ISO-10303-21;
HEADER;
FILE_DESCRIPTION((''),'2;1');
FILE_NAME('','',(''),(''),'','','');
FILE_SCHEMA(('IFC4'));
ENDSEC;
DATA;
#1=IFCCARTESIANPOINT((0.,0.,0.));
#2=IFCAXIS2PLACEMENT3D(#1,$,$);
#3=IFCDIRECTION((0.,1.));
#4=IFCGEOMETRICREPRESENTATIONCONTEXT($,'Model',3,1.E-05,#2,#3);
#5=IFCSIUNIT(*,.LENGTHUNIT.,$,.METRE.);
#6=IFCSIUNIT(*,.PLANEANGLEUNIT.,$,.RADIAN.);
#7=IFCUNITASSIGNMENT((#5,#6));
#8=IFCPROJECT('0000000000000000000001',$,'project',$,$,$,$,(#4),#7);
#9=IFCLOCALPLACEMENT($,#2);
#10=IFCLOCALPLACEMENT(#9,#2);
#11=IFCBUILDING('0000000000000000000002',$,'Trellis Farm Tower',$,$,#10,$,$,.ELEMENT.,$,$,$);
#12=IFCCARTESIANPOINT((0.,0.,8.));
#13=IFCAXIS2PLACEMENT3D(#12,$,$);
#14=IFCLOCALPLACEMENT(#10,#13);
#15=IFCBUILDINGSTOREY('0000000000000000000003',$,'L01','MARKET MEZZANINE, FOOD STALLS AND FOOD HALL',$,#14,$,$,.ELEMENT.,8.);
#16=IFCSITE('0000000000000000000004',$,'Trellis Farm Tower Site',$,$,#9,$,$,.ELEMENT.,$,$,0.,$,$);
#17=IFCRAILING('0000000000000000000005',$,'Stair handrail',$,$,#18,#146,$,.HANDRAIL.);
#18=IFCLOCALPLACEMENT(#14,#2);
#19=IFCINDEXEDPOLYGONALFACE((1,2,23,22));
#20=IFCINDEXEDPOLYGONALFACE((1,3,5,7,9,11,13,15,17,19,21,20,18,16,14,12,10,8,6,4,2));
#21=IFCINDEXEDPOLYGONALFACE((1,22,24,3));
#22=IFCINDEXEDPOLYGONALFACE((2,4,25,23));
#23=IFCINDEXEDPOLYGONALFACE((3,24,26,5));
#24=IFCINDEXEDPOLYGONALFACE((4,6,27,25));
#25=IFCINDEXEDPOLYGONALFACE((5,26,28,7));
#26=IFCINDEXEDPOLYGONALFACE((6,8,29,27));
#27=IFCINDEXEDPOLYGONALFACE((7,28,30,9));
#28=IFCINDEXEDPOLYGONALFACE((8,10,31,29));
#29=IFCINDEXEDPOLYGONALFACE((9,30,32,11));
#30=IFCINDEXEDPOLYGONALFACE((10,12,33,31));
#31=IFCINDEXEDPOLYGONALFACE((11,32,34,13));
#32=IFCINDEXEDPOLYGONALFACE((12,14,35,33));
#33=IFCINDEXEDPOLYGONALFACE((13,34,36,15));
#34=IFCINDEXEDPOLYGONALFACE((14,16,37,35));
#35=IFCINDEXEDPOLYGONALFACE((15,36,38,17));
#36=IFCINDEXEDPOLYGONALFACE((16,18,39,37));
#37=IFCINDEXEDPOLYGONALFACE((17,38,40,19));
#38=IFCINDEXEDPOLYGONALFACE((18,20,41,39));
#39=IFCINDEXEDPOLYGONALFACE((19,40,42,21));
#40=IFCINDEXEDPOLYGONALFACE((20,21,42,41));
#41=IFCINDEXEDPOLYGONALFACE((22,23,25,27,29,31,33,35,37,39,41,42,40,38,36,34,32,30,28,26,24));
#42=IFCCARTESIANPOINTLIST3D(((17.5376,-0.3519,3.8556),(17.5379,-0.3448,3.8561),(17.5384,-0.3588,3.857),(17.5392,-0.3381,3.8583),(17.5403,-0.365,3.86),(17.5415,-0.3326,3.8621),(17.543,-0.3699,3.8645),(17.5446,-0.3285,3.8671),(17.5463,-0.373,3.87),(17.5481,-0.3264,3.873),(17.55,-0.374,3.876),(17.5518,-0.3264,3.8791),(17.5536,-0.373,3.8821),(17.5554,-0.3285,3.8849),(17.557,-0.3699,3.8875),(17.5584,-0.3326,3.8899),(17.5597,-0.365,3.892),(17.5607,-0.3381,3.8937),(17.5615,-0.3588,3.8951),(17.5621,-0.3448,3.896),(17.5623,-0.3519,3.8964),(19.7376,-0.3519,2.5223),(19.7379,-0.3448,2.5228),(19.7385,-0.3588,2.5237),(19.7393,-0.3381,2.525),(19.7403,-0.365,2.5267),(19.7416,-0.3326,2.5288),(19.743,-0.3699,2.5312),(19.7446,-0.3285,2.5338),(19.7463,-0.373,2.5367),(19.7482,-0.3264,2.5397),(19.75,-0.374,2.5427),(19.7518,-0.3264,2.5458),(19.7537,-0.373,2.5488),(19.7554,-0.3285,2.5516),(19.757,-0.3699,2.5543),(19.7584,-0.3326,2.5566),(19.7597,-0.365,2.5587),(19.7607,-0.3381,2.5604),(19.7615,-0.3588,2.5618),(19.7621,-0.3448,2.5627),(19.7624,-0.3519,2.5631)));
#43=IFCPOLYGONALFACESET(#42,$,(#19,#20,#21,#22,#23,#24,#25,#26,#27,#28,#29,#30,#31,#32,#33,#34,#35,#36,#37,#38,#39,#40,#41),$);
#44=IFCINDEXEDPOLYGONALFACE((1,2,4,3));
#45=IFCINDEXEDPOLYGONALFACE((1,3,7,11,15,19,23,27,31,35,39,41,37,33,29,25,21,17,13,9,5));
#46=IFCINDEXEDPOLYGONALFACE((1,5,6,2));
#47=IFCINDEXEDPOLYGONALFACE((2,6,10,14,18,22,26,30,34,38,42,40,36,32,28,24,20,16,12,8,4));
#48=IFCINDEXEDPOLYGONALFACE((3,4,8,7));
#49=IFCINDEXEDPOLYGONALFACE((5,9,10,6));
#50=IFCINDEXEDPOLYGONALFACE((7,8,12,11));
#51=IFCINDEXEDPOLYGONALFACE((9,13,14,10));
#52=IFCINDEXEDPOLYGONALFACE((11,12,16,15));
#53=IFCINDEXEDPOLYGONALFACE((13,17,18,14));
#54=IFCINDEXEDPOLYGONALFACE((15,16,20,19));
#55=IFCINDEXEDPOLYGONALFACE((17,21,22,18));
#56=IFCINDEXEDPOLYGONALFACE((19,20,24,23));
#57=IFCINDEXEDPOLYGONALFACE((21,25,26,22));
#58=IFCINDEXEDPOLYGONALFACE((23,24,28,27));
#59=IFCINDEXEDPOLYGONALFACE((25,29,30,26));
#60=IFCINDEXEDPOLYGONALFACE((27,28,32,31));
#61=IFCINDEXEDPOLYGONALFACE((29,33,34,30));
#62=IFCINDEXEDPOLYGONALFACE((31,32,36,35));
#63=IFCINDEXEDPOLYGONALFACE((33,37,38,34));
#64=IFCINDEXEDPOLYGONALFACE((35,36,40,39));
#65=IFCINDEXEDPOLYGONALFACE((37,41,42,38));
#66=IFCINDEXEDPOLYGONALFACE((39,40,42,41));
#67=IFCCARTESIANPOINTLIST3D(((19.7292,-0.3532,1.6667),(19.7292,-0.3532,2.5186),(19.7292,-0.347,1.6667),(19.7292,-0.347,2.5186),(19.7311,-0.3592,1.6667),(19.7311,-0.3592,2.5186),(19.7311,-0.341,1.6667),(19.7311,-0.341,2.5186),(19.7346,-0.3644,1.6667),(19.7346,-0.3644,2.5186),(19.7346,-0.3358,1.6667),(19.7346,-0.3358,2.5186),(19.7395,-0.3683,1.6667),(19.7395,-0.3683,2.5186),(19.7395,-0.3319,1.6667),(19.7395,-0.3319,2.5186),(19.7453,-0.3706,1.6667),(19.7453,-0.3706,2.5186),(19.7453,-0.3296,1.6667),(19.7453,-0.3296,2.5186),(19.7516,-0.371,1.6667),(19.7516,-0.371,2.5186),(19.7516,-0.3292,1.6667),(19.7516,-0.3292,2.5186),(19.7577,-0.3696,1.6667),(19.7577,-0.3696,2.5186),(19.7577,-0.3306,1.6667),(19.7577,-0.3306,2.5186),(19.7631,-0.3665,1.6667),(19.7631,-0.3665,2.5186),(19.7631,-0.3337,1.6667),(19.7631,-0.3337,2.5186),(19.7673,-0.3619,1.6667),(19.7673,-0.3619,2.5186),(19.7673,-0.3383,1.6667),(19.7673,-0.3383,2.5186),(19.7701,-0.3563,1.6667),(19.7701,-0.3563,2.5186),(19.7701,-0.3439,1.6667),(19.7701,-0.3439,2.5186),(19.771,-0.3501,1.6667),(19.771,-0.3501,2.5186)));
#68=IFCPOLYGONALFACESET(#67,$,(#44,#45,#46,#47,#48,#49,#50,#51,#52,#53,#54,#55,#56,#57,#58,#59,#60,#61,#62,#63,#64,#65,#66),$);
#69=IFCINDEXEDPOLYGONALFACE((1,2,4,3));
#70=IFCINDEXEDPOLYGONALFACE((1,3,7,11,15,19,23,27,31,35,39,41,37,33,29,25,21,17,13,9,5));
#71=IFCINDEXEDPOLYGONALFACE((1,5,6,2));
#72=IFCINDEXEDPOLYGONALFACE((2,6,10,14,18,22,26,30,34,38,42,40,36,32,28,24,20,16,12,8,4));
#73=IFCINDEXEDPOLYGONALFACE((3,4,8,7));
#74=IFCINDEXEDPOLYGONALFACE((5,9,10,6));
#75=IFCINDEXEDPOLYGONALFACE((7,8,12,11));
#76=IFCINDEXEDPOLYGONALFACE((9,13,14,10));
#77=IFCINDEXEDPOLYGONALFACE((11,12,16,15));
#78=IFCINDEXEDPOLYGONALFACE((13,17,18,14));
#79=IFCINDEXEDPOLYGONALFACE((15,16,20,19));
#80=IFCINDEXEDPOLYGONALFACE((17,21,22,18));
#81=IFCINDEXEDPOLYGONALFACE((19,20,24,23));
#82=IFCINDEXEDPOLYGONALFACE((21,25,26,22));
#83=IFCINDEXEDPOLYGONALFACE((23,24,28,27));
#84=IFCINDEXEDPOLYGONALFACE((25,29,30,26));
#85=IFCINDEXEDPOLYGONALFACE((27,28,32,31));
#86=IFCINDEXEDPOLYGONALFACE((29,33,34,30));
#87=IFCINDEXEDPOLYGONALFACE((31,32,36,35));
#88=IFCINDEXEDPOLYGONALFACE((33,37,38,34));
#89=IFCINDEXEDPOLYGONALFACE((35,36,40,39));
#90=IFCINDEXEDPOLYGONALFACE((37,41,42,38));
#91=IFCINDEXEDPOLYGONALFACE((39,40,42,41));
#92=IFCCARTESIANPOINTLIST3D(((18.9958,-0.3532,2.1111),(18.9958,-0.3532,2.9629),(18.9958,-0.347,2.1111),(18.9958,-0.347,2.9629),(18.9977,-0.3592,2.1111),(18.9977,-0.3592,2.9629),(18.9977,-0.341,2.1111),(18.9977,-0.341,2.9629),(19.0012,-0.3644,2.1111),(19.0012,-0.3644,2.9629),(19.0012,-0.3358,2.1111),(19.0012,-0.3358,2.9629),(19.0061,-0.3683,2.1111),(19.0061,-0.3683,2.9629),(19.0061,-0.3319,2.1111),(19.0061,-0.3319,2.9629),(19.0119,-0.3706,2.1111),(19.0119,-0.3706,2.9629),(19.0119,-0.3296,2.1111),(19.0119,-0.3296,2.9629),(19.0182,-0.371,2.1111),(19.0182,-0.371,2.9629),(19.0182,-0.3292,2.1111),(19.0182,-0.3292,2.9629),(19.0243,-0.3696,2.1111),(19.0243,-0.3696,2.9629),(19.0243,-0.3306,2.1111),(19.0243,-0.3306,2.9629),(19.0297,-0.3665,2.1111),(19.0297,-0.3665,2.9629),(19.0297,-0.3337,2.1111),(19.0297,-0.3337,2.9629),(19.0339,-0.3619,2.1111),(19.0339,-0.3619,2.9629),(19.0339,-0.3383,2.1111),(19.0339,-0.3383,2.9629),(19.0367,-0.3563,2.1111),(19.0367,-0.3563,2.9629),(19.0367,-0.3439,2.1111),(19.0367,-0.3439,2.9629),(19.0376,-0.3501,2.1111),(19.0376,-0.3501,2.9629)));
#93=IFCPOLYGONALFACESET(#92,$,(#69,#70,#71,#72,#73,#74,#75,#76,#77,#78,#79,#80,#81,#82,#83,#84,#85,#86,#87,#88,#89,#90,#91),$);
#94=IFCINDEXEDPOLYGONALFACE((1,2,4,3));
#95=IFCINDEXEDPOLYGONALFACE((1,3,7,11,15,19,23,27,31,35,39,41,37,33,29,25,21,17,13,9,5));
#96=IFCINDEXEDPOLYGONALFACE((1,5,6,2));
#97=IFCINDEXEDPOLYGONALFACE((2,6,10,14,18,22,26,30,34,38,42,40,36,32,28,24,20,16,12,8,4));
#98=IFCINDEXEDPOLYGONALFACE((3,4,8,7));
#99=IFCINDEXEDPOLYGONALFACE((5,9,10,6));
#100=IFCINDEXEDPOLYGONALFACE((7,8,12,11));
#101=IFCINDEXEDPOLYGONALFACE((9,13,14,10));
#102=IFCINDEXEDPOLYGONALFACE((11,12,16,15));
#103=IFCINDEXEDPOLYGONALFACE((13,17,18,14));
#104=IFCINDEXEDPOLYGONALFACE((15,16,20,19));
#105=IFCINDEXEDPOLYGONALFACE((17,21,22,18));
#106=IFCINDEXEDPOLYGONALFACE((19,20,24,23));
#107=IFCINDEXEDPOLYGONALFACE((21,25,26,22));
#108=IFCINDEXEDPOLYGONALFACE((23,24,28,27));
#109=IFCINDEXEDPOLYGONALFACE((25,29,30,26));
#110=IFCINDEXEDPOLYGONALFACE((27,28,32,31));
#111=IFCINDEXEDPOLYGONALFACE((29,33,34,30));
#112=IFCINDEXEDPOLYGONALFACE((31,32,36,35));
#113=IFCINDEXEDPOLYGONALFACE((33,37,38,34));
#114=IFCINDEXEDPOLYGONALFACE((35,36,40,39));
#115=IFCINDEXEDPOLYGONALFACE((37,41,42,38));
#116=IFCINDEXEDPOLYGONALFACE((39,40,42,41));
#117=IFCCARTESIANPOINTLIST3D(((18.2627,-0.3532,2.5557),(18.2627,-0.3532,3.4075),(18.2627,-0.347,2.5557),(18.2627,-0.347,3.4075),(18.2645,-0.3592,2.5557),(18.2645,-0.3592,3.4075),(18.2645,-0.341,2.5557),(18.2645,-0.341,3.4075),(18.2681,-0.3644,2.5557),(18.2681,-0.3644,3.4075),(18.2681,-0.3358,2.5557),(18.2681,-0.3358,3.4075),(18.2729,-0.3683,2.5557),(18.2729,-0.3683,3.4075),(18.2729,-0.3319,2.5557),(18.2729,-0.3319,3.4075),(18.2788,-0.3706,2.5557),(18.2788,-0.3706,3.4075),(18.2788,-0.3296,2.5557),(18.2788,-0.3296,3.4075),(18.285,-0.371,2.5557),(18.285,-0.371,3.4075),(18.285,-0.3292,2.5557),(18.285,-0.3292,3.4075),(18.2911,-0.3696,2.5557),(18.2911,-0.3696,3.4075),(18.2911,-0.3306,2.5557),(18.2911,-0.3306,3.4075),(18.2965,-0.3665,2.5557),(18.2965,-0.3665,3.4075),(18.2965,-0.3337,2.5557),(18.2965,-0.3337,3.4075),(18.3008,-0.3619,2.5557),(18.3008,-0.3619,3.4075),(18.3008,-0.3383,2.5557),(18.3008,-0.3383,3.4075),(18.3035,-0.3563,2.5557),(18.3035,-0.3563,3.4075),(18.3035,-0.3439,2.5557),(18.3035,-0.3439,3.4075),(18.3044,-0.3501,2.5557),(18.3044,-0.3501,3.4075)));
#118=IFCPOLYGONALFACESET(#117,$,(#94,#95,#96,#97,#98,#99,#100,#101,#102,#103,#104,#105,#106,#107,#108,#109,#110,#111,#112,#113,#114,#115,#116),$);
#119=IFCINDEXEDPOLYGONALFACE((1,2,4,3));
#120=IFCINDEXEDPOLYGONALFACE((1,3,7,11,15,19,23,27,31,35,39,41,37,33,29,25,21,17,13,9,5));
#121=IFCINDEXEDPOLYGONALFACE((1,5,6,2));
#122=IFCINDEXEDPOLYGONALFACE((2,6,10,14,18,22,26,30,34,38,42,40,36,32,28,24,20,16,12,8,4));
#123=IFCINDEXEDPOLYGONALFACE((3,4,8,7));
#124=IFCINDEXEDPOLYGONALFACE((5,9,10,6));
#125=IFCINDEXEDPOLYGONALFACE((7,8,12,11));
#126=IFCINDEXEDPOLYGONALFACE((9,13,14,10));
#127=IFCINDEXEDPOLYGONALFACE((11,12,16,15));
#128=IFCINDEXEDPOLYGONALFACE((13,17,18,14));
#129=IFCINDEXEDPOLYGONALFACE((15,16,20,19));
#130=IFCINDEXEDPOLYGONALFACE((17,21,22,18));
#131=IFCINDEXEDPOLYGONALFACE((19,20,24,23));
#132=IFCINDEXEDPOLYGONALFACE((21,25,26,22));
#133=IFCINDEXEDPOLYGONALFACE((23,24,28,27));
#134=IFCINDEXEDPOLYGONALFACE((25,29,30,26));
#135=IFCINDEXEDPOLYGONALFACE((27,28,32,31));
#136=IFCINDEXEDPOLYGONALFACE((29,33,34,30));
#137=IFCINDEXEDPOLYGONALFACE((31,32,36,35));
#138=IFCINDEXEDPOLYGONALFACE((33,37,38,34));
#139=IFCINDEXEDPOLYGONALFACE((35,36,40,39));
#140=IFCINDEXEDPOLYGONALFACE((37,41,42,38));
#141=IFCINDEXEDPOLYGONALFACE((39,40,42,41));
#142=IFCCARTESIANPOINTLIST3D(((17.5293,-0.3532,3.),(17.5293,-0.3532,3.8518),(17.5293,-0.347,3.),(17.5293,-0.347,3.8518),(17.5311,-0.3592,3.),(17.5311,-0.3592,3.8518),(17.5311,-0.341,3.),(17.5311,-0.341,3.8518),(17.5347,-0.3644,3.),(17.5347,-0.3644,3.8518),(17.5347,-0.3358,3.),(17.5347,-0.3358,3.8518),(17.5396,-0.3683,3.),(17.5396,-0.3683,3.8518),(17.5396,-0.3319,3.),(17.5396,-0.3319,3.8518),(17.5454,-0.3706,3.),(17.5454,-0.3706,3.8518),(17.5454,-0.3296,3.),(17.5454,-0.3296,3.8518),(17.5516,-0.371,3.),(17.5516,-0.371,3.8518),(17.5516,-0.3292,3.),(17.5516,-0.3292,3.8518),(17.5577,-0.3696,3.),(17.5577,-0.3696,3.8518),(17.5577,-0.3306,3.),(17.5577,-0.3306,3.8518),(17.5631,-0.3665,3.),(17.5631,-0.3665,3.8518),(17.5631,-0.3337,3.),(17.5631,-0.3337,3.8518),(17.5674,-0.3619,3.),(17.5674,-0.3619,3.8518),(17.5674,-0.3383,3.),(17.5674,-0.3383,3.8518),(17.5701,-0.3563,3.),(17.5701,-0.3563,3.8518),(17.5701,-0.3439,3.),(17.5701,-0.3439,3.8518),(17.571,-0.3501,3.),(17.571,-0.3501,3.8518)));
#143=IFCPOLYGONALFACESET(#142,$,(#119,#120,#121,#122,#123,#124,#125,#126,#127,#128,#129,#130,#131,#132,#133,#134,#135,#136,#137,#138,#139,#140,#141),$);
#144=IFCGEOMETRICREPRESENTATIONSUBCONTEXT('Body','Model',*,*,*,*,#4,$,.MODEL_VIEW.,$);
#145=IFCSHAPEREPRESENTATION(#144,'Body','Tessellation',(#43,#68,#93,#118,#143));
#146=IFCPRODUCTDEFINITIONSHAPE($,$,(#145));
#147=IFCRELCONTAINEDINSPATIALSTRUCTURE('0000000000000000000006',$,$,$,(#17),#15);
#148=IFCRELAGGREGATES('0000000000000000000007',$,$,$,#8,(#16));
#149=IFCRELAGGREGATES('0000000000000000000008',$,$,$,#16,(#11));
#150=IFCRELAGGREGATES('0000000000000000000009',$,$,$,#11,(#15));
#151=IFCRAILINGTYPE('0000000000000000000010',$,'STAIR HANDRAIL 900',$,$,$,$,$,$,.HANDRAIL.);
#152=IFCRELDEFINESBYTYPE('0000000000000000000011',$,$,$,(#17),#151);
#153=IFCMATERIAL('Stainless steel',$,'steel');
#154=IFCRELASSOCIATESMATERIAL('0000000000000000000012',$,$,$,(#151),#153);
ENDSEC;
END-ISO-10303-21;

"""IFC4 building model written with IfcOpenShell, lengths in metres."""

from ifc_helpers import new_model, si_unit, direction, frame, origin, origin_2d, place, context, subcontext, project, spatial, circle, extrude, source, transform, mapped, material, type_object, element, save


model = new_model("IFC4")

# Units and contexts
model_context = context("Model", 3, precision=1e-05, world=origin(), true_north=direction((0.0, 1.0)))
body_context = subcontext(model_context, "Body", "Model", "MODEL_VIEW")
ifc_project = project(units=[si_unit("LENGTHUNIT", "METRE"), si_unit("PLANEANGLEUNIT", "RADIAN")], contexts=[model_context])

# Site, building, storey
site_placement = place(None, origin())
site = spatial("IfcSite", under=ifc_project, at=site_placement, Name="Trellis Farm Tower Site", CompositionType="ELEMENT", RefElevation=0.0)
building_placement = place(site_placement, origin())
building = spatial("IfcBuilding", under=site, at=building_placement, Name="Trellis Farm Tower", CompositionType="ELEMENT")
storey_placement = place(building_placement, frame((0.0, 0.0, 8.0)))
storey = spatial("IfcBuildingStorey", under=building, at=storey_placement, Name="L01", Description="MARKET MEZZANINE, FOOD STALLS AND FOOD HALL", CompositionType="ELEMENT", Elevation=8.0)

# Railing
ifc_material_1 = material(Name="Stainless steel", Category="steel")
railing_type = type_object("IfcRailingType", Name="STAIR HANDRAIL 900", PredefinedType="HANDRAIL", material=ifc_material_1)
shared_shape_1 = source(origin(), body_context, "Body", "SweptSolid", [
    extrude(circle(Radius=0.0239, at=origin_2d()), frame((0.0, 0.0, 0.876), z_axis=(-0.855207, 0.0, 0.518287), x_axis=(0.0, -1.0, 0.0)), (0.0, 0.0, 1.0), 2.5725),
    extrude(circle(Radius=0.021, at=origin_2d()), origin(), (0.0, 0.0, 1.0), 0.8518),
    extrude(circle(Radius=0.021, at=origin_2d()), frame((-0.7334, 0.0, 0.4443)), (0.0, 0.0, 1.0), 0.8518),
    extrude(circle(Radius=0.021, at=origin_2d()), frame((-1.4666, 0.0, 0.8889)), (0.0, 0.0, 1.0), 0.8518),
    extrude(circle(Radius=0.021, at=origin_2d()), frame((-2.2, 0.0, 1.3333)), (0.0, 0.0, 1.0), 0.8518),
])
for number, where, name in (
    (1, (19.75, -0.3501, 1.6667), "Stair handrail"),
):
    element("IfcRailing", number, at=place(storey_placement, frame(where)), inside=storey, type_object=railing_type, Name=name, PredefinedType="HANDRAIL", context=body_context, shape_type="MappedRepresentation", body=[
        mapped(shared_shape_1, transform((0.0, 0.0, 0.0))),
    ])

save(model, "model.ifc")
